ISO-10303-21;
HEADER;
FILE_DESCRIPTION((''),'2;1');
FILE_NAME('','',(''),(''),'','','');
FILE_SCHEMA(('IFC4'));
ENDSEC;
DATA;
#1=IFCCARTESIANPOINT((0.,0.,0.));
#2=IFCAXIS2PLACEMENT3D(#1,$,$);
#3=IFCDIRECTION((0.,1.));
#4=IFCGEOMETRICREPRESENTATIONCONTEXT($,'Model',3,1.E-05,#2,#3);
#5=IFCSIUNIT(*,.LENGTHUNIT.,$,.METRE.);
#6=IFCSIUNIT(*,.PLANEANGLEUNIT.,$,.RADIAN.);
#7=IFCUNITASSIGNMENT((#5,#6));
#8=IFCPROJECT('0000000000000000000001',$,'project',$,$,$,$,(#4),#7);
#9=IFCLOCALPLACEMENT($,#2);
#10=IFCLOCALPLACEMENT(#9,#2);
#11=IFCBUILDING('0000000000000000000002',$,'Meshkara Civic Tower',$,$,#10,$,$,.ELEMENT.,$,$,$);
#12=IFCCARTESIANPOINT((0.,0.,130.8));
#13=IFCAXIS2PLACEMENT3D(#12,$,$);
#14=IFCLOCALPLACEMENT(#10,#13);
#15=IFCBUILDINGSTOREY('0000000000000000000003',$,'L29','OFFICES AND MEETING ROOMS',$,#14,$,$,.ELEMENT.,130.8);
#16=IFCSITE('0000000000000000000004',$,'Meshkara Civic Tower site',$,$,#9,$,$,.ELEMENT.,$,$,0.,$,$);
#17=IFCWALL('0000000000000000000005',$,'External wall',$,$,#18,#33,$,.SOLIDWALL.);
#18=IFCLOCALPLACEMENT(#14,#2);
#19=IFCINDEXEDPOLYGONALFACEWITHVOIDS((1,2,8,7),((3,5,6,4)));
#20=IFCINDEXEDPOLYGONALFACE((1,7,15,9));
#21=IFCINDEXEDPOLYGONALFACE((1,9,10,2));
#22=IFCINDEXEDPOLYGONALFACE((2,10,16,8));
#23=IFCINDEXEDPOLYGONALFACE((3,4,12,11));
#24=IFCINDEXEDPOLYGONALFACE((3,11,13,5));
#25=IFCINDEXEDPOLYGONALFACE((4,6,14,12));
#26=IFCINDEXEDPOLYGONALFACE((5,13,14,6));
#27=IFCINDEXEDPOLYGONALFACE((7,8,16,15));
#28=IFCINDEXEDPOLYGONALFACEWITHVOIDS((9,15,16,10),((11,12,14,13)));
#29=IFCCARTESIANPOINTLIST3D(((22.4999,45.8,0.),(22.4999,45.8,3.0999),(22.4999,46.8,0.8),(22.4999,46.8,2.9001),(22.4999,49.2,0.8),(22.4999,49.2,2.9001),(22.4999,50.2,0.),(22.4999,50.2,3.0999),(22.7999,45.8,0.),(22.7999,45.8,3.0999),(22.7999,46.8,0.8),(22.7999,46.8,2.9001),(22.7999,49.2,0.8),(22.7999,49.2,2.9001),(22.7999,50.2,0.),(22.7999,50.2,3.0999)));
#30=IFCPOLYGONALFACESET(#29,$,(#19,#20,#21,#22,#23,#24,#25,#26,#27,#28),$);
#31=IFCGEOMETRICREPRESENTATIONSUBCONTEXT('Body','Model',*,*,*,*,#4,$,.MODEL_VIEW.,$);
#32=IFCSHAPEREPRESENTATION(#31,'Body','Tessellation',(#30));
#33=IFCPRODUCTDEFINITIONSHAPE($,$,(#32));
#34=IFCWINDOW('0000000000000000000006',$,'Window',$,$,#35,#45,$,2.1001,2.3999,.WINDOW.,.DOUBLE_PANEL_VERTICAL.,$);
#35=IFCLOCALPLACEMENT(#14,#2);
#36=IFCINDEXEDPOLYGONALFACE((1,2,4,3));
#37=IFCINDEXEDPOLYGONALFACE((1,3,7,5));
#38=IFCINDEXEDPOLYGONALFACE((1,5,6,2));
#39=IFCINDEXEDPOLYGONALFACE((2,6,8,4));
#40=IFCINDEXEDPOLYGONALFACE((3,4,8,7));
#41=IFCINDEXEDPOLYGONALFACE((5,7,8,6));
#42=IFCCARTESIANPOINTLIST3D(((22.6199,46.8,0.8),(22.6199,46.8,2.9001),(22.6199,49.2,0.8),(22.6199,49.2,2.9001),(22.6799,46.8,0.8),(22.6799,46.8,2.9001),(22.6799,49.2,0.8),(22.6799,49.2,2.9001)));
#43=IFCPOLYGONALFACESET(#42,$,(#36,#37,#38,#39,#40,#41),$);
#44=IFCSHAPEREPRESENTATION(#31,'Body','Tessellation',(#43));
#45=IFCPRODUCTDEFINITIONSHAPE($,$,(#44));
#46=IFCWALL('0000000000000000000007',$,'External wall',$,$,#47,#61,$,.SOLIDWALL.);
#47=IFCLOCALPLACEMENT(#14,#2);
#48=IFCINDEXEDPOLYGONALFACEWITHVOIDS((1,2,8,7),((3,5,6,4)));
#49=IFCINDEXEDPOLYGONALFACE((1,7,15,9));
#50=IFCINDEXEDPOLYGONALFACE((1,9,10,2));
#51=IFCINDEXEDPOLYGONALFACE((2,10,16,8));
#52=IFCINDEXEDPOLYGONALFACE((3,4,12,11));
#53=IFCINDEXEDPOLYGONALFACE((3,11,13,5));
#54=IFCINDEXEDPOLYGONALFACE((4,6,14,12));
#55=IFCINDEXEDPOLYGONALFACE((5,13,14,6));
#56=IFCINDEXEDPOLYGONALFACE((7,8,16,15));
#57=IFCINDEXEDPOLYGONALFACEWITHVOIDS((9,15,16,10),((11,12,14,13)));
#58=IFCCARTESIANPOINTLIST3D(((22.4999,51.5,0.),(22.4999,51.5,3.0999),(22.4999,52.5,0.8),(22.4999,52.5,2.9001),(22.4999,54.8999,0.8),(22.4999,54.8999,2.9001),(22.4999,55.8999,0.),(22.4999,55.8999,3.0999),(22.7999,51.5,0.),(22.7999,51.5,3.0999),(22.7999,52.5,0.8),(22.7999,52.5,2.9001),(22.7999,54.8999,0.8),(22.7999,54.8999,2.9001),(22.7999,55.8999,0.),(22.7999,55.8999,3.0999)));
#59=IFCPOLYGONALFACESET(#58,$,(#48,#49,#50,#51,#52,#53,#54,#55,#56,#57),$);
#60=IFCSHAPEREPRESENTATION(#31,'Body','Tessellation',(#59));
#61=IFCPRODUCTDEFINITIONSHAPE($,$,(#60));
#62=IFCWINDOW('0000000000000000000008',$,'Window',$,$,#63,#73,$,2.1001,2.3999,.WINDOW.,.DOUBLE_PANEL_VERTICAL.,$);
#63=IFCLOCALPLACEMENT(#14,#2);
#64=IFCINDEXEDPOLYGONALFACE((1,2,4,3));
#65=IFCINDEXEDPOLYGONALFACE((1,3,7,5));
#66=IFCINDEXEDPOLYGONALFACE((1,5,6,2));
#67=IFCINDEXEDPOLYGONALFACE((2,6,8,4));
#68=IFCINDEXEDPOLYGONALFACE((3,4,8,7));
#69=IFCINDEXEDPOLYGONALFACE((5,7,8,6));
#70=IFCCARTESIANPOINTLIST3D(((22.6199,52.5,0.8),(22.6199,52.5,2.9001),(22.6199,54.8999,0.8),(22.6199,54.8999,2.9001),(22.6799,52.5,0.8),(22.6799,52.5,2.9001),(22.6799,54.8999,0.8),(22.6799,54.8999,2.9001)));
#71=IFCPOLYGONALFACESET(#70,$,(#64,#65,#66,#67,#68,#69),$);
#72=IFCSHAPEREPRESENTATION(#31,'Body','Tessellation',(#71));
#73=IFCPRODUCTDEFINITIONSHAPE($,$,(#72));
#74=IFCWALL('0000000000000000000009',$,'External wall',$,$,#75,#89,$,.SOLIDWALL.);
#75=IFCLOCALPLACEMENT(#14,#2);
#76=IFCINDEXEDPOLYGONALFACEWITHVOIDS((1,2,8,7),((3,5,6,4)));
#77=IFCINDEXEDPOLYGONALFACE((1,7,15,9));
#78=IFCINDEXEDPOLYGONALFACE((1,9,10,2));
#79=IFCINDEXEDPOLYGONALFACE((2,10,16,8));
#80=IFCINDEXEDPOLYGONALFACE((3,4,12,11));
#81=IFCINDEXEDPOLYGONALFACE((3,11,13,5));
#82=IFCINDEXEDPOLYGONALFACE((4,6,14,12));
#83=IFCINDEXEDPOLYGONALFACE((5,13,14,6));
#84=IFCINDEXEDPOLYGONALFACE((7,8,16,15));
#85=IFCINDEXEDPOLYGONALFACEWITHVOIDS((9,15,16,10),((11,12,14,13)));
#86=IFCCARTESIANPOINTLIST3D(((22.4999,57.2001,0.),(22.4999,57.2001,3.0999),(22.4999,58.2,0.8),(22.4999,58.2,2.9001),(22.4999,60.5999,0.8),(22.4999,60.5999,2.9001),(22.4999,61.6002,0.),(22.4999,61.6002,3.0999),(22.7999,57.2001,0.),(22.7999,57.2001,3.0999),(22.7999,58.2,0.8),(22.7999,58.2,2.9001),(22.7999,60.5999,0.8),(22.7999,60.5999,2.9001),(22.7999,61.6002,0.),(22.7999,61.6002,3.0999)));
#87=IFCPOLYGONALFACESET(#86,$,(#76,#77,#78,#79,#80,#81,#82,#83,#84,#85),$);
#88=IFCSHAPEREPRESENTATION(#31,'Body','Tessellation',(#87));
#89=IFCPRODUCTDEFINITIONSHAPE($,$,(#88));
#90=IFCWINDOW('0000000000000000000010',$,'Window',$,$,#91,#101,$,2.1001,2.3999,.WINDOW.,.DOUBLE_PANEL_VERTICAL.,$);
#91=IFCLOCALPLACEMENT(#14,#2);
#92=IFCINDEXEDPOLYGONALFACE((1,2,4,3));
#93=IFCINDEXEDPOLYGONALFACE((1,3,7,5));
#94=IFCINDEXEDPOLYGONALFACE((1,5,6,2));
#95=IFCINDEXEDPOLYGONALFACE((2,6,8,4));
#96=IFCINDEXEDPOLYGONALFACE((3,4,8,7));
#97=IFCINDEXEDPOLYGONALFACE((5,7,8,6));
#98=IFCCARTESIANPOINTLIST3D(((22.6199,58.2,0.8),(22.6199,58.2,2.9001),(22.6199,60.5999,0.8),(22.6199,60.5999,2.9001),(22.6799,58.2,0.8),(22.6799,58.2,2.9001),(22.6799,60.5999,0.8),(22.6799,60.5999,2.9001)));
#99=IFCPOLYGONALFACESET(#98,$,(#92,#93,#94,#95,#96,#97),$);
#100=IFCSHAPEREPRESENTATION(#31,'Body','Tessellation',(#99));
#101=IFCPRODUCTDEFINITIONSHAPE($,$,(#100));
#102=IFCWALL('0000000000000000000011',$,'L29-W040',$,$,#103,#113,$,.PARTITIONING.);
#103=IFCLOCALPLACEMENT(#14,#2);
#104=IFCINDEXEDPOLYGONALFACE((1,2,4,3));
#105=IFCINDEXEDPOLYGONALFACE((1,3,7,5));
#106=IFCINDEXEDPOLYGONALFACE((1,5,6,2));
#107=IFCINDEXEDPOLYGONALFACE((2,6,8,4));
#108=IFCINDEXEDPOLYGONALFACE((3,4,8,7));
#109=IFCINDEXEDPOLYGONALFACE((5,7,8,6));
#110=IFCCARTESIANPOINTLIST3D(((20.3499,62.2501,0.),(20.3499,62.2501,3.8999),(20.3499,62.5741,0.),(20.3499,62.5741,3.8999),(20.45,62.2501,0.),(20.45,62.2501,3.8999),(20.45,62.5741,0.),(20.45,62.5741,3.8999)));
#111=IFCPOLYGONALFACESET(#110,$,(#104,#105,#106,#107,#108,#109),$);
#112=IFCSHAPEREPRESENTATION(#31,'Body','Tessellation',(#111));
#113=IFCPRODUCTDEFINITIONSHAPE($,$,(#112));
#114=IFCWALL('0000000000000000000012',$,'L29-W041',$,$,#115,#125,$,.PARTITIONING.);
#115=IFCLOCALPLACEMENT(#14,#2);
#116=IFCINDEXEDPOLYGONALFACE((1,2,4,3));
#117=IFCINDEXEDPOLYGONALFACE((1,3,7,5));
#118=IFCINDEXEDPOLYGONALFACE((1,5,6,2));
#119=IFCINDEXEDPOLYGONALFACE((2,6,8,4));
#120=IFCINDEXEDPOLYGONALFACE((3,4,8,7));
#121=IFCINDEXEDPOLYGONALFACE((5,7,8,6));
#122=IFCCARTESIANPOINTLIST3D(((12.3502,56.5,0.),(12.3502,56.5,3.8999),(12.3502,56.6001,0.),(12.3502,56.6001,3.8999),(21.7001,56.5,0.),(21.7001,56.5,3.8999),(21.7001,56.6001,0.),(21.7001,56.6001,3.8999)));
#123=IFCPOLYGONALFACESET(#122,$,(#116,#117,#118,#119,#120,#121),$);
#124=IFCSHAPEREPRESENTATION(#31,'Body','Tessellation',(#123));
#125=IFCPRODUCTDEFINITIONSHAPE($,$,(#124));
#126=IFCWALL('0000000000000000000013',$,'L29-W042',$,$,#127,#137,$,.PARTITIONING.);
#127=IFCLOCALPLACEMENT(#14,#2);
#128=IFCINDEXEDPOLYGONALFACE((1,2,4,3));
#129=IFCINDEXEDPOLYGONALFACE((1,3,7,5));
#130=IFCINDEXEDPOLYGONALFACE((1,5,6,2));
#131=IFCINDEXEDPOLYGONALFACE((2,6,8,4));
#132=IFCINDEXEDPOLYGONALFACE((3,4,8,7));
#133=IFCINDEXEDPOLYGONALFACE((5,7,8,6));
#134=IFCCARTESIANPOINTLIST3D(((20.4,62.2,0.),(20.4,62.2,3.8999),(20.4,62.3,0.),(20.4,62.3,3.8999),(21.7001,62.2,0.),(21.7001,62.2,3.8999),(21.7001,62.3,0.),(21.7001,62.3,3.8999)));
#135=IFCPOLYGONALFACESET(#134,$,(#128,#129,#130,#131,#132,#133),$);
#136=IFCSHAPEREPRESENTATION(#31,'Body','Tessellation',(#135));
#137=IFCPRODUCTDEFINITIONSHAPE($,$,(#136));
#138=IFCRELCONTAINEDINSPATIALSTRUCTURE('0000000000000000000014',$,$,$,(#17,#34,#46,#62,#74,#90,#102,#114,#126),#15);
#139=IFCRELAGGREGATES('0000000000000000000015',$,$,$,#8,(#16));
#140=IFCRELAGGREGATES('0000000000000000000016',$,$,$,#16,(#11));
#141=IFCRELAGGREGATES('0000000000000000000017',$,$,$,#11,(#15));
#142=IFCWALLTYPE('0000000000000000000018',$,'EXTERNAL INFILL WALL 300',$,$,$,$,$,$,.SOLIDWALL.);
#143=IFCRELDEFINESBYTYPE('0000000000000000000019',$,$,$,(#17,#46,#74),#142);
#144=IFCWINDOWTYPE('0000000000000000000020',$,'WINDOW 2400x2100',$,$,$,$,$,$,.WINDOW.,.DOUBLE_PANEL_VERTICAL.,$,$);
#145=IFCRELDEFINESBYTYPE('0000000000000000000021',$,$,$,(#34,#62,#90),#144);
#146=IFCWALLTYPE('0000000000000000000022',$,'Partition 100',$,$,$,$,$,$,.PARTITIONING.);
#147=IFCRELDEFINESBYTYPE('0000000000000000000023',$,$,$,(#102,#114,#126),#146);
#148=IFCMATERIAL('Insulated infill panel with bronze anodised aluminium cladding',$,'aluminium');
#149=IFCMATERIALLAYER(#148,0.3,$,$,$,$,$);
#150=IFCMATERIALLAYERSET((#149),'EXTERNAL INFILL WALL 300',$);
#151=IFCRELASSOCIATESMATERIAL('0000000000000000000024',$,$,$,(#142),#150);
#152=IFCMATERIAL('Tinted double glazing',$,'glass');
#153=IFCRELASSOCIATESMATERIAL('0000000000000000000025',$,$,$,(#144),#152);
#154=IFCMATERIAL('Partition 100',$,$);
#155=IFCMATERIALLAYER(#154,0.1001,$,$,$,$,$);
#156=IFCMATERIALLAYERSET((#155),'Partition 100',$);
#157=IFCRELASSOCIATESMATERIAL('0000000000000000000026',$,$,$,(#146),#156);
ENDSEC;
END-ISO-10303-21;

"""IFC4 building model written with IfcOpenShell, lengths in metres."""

from ifc_helpers import new_model, si_unit, direction, frame, frame_2d, origin, place, context, subcontext, project, spatial, rectangle, extrude, material, layer, layer_set, type_object, element, fill, save


model = new_model("IFC4")

# Units and contexts
model_context = context("Model", 3, precision=1e-05, world=origin(), true_north=direction((0.0, 1.0)))
body_context = subcontext(model_context, "Body", "Model", "MODEL_VIEW")
ifc_project = project(units=[si_unit("LENGTHUNIT", "METRE"), si_unit("PLANEANGLEUNIT", "RADIAN")], contexts=[model_context])

# Site, building, storey
site_placement = place(None, origin())
site = spatial("IfcSite", under=ifc_project, at=site_placement, Name="Meshkara Civic Tower site", CompositionType="ELEMENT", RefElevation=0.0)
building_placement = place(site_placement, origin())
building = spatial("IfcBuilding", under=site, at=building_placement, Name="Meshkara Civic Tower", CompositionType="ELEMENT")
storey_placement = place(building_placement, frame((0.0, 0.0, 130.8)))
storey = spatial("IfcBuildingStorey", under=building, at=storey_placement, Name="L29", Description="OFFICES AND MEETING ROOMS", CompositionType="ELEMENT", Elevation=130.8)

# Walls, openings, windows
ifc_material_1 = material(Name="Insulated infill panel with bronze anodised aluminium cladding", Category="aluminium")
ifc_layer_1 = layer(ifc_material_1, 0.3)
ifc_layer_set_1 = layer_set([ifc_layer_1], Name="EXTERNAL INFILL WALL 300")
wall_type_1 = type_object("IfcWallType", Name="EXTERNAL INFILL WALL 300", PredefinedType="SOLIDWALL", material=ifc_layer_set_1)
wall_1_placement = place(storey_placement, frame((22.6499, 45.8, 0.0), z_axis=(0.0, 0.0, 1.0), x_axis=(0.0, 1.0, 0.0)))
wall_1 = element("IfcWall", 1, at=wall_1_placement, inside=storey, type_object=wall_type_1, Name="External wall", PredefinedType="SOLIDWALL", context=body_context, shape_type="SweptSolid", body=[
    extrude(rectangle(XDim=4.3999, YDim=0.3, at=frame_2d((2.2, 0.0))), origin(), (0.0, 0.0, 1.0), 3.0999),
])
opening_1_placement = place(wall_1_placement, frame((1.0, 0.0, 0.8)))
opening_1 = element("IfcOpeningElement", 2, at=opening_1_placement, cuts=wall_1, PredefinedType="OPENING", context=body_context, shape_type="SweptSolid", body=[
    extrude(rectangle(XDim=2.3999, YDim=2.1001, at=frame_2d((1.2, 1.05))), frame((0.0, 0.1599, 0.0), z_axis=(0.0, -1.0, 0.0), x_axis=(1.0, 0.0, 0.0)), (0.0, 0.0, 1.0), 0.3201),
])
ifc_material_2 = material(Name="Tinted double glazing", Category="glass")
window_type = type_object("IfcWindowType", Name="WINDOW 2400x2100", PartitioningType="DOUBLE_PANEL_VERTICAL", PredefinedType="WINDOW", material=ifc_material_2)
window_1_placement = place(opening_1_placement, origin())
window_1 = element("IfcWindow", 3, at=window_1_placement, inside=storey, type_object=window_type, Name="Window", OverallHeight=2.1001, OverallWidth=2.3999, PartitioningType="DOUBLE_PANEL_VERTICAL", PredefinedType="WINDOW", context=body_context, shape_type="SweptSolid", body=[
    extrude(rectangle(XDim=2.3999, YDim=2.1001, at=frame_2d((1.2, 1.05))), frame((0.0, 0.03, 0.0), z_axis=(0.0, -1.0, 0.0), x_axis=(1.0, 0.0, 0.0)), (0.0, 0.0, 1.0), 0.0601),
])
fill(opening_1, window_1)
wall_2_placement = place(storey_placement, frame((22.6499, 51.5, 0.0), z_axis=(0.0, 0.0, 1.0), x_axis=(0.0, 1.0, 0.0)))
wall_2 = element("IfcWall", 4, at=wall_2_placement, inside=storey, type_object=wall_type_1, Name="External wall", PredefinedType="SOLIDWALL", context=body_context, shape_type="SweptSolid", body=[
    extrude(rectangle(XDim=4.3999, YDim=0.3, at=frame_2d((2.2, 0.0))), origin(), (0.0, 0.0, 1.0), 3.0999),
])
opening_2_placement = place(wall_2_placement, frame((1.0, 0.0, 0.8)))
opening_2 = element("IfcOpeningElement", 5, at=opening_2_placement, cuts=wall_2, PredefinedType="OPENING", context=body_context, shape_type="SweptSolid", body=[
    extrude(rectangle(XDim=2.3999, YDim=2.1001, at=frame_2d((1.2, 1.05))), frame((0.0, 0.1599, 0.0), z_axis=(0.0, -1.0, 0.0), x_axis=(1.0, 0.0, 0.0)), (0.0, 0.0, 1.0), 0.3201),
])
window_2_placement = place(opening_2_placement, origin())
window_2 = element("IfcWindow", 6, at=window_2_placement, inside=storey, type_object=window_type, Name="Window", OverallHeight=2.1001, OverallWidth=2.3999, PartitioningType="DOUBLE_PANEL_VERTICAL", PredefinedType="WINDOW", context=body_context, shape_type="SweptSolid", body=[
    extrude(rectangle(XDim=2.3999, YDim=2.1001, at=frame_2d((1.2, 1.05))), frame((0.0, 0.03, 0.0), z_axis=(0.0, -1.0, 0.0), x_axis=(1.0, 0.0, 0.0)), (0.0, 0.0, 1.0), 0.0601),
])
fill(opening_2, window_2)
wall_3_placement = place(storey_placement, frame((22.6499, 57.2, 0.0), z_axis=(0.0, 0.0, 1.0), x_axis=(0.0, 1.0, 0.0)))
wall_3 = element("IfcWall", 7, at=wall_3_placement, inside=storey, type_object=wall_type_1, Name="External wall", PredefinedType="SOLIDWALL", context=body_context, shape_type="SweptSolid", body=[
    extrude(rectangle(XDim=4.4001, YDim=0.3, at=frame_2d((2.2002, 0.0))), origin(), (0.0, 0.0, 1.0), 3.0999),
])
opening_3_placement = place(wall_3_placement, frame((1.0, 0.0, 0.8)))
opening_3 = element("IfcOpeningElement", 8, at=opening_3_placement, cuts=wall_3, PredefinedType="OPENING", context=body_context, shape_type="SweptSolid", body=[
    extrude(rectangle(XDim=2.3999, YDim=2.1001, at=frame_2d((1.2, 1.05))), frame((0.0, 0.1599, 0.0), z_axis=(0.0, -1.0, 0.0), x_axis=(1.0, 0.0, 0.0)), (0.0, 0.0, 1.0), 0.3201),
])
window_3_placement = place(opening_3_placement, origin())
window_3 = element("IfcWindow", 9, at=window_3_placement, inside=storey, type_object=window_type, Name="Window", OverallHeight=2.1001, OverallWidth=2.3999, PartitioningType="DOUBLE_PANEL_VERTICAL", PredefinedType="WINDOW", context=body_context, shape_type="SweptSolid", body=[
    extrude(rectangle(XDim=2.3999, YDim=2.1001, at=frame_2d((1.2, 1.05))), frame((0.0, 0.03, 0.0), z_axis=(0.0, -1.0, 0.0), x_axis=(1.0, 0.0, 0.0)), (0.0, 0.0, 1.0), 0.0601),
])
fill(opening_3, window_3)

# Walls
ifc_material_3 = material(Name="Partition 100")
ifc_layer_2 = layer(ifc_material_3, 0.1001)
ifc_layer_set_2 = layer_set([ifc_layer_2], Name="Partition 100")
wall_type_2 = type_object("IfcWallType", Name="Partition 100", PredefinedType="PARTITIONING", material=ifc_layer_set_2)
wall_4_placement = place(storey_placement, frame((20.3999, 62.25, 0.0), z_axis=(0.0, 0.0, 1.0), x_axis=(0.0, 1.0, 0.0)))
element("IfcWall", 10, at=wall_4_placement, inside=storey, type_object=wall_type_2, Name="L29-W040", PredefinedType="PARTITIONING", context=body_context, shape_type="SweptSolid", body=[
    extrude(rectangle(XDim=0.324, YDim=0.1001, at=frame_2d((0.1621, 0.0))), origin(), (0.0, 0.0, 1.0), 3.8999),
])
wall_5_placement = place(storey_placement, frame((21.7, 56.55, 0.0), z_axis=(0.0, 0.0, 1.0), x_axis=(-1.0, 0.0, 0.0)))
element("IfcWall", 11, at=wall_5_placement, inside=storey, type_object=wall_type_2, Name="L29-W041", PredefinedType="PARTITIONING", context=body_context, shape_type="SweptSolid", body=[
    extrude(rectangle(XDim=9.3499, YDim=0.1001, at=frame_2d((4.6748, 0.0))), origin(), (0.0, 0.0, 1.0), 3.8999),
])
wall_6_placement = place(storey_placement, frame((21.7, 62.25, 0.0), z_axis=(0.0, 0.0, 1.0), x_axis=(-1.0, 0.0, 0.0)))
element("IfcWall", 12, at=wall_6_placement, inside=storey, type_object=wall_type_2, Name="L29-W042", PredefinedType="PARTITIONING", context=body_context, shape_type="SweptSolid", body=[
    extrude(rectangle(XDim=1.3, YDim=0.1001, at=frame_2d((0.6499, 0.0))), origin(), (0.0, 0.0, 1.0), 3.8999),
])

save(model, "model.ifc")
